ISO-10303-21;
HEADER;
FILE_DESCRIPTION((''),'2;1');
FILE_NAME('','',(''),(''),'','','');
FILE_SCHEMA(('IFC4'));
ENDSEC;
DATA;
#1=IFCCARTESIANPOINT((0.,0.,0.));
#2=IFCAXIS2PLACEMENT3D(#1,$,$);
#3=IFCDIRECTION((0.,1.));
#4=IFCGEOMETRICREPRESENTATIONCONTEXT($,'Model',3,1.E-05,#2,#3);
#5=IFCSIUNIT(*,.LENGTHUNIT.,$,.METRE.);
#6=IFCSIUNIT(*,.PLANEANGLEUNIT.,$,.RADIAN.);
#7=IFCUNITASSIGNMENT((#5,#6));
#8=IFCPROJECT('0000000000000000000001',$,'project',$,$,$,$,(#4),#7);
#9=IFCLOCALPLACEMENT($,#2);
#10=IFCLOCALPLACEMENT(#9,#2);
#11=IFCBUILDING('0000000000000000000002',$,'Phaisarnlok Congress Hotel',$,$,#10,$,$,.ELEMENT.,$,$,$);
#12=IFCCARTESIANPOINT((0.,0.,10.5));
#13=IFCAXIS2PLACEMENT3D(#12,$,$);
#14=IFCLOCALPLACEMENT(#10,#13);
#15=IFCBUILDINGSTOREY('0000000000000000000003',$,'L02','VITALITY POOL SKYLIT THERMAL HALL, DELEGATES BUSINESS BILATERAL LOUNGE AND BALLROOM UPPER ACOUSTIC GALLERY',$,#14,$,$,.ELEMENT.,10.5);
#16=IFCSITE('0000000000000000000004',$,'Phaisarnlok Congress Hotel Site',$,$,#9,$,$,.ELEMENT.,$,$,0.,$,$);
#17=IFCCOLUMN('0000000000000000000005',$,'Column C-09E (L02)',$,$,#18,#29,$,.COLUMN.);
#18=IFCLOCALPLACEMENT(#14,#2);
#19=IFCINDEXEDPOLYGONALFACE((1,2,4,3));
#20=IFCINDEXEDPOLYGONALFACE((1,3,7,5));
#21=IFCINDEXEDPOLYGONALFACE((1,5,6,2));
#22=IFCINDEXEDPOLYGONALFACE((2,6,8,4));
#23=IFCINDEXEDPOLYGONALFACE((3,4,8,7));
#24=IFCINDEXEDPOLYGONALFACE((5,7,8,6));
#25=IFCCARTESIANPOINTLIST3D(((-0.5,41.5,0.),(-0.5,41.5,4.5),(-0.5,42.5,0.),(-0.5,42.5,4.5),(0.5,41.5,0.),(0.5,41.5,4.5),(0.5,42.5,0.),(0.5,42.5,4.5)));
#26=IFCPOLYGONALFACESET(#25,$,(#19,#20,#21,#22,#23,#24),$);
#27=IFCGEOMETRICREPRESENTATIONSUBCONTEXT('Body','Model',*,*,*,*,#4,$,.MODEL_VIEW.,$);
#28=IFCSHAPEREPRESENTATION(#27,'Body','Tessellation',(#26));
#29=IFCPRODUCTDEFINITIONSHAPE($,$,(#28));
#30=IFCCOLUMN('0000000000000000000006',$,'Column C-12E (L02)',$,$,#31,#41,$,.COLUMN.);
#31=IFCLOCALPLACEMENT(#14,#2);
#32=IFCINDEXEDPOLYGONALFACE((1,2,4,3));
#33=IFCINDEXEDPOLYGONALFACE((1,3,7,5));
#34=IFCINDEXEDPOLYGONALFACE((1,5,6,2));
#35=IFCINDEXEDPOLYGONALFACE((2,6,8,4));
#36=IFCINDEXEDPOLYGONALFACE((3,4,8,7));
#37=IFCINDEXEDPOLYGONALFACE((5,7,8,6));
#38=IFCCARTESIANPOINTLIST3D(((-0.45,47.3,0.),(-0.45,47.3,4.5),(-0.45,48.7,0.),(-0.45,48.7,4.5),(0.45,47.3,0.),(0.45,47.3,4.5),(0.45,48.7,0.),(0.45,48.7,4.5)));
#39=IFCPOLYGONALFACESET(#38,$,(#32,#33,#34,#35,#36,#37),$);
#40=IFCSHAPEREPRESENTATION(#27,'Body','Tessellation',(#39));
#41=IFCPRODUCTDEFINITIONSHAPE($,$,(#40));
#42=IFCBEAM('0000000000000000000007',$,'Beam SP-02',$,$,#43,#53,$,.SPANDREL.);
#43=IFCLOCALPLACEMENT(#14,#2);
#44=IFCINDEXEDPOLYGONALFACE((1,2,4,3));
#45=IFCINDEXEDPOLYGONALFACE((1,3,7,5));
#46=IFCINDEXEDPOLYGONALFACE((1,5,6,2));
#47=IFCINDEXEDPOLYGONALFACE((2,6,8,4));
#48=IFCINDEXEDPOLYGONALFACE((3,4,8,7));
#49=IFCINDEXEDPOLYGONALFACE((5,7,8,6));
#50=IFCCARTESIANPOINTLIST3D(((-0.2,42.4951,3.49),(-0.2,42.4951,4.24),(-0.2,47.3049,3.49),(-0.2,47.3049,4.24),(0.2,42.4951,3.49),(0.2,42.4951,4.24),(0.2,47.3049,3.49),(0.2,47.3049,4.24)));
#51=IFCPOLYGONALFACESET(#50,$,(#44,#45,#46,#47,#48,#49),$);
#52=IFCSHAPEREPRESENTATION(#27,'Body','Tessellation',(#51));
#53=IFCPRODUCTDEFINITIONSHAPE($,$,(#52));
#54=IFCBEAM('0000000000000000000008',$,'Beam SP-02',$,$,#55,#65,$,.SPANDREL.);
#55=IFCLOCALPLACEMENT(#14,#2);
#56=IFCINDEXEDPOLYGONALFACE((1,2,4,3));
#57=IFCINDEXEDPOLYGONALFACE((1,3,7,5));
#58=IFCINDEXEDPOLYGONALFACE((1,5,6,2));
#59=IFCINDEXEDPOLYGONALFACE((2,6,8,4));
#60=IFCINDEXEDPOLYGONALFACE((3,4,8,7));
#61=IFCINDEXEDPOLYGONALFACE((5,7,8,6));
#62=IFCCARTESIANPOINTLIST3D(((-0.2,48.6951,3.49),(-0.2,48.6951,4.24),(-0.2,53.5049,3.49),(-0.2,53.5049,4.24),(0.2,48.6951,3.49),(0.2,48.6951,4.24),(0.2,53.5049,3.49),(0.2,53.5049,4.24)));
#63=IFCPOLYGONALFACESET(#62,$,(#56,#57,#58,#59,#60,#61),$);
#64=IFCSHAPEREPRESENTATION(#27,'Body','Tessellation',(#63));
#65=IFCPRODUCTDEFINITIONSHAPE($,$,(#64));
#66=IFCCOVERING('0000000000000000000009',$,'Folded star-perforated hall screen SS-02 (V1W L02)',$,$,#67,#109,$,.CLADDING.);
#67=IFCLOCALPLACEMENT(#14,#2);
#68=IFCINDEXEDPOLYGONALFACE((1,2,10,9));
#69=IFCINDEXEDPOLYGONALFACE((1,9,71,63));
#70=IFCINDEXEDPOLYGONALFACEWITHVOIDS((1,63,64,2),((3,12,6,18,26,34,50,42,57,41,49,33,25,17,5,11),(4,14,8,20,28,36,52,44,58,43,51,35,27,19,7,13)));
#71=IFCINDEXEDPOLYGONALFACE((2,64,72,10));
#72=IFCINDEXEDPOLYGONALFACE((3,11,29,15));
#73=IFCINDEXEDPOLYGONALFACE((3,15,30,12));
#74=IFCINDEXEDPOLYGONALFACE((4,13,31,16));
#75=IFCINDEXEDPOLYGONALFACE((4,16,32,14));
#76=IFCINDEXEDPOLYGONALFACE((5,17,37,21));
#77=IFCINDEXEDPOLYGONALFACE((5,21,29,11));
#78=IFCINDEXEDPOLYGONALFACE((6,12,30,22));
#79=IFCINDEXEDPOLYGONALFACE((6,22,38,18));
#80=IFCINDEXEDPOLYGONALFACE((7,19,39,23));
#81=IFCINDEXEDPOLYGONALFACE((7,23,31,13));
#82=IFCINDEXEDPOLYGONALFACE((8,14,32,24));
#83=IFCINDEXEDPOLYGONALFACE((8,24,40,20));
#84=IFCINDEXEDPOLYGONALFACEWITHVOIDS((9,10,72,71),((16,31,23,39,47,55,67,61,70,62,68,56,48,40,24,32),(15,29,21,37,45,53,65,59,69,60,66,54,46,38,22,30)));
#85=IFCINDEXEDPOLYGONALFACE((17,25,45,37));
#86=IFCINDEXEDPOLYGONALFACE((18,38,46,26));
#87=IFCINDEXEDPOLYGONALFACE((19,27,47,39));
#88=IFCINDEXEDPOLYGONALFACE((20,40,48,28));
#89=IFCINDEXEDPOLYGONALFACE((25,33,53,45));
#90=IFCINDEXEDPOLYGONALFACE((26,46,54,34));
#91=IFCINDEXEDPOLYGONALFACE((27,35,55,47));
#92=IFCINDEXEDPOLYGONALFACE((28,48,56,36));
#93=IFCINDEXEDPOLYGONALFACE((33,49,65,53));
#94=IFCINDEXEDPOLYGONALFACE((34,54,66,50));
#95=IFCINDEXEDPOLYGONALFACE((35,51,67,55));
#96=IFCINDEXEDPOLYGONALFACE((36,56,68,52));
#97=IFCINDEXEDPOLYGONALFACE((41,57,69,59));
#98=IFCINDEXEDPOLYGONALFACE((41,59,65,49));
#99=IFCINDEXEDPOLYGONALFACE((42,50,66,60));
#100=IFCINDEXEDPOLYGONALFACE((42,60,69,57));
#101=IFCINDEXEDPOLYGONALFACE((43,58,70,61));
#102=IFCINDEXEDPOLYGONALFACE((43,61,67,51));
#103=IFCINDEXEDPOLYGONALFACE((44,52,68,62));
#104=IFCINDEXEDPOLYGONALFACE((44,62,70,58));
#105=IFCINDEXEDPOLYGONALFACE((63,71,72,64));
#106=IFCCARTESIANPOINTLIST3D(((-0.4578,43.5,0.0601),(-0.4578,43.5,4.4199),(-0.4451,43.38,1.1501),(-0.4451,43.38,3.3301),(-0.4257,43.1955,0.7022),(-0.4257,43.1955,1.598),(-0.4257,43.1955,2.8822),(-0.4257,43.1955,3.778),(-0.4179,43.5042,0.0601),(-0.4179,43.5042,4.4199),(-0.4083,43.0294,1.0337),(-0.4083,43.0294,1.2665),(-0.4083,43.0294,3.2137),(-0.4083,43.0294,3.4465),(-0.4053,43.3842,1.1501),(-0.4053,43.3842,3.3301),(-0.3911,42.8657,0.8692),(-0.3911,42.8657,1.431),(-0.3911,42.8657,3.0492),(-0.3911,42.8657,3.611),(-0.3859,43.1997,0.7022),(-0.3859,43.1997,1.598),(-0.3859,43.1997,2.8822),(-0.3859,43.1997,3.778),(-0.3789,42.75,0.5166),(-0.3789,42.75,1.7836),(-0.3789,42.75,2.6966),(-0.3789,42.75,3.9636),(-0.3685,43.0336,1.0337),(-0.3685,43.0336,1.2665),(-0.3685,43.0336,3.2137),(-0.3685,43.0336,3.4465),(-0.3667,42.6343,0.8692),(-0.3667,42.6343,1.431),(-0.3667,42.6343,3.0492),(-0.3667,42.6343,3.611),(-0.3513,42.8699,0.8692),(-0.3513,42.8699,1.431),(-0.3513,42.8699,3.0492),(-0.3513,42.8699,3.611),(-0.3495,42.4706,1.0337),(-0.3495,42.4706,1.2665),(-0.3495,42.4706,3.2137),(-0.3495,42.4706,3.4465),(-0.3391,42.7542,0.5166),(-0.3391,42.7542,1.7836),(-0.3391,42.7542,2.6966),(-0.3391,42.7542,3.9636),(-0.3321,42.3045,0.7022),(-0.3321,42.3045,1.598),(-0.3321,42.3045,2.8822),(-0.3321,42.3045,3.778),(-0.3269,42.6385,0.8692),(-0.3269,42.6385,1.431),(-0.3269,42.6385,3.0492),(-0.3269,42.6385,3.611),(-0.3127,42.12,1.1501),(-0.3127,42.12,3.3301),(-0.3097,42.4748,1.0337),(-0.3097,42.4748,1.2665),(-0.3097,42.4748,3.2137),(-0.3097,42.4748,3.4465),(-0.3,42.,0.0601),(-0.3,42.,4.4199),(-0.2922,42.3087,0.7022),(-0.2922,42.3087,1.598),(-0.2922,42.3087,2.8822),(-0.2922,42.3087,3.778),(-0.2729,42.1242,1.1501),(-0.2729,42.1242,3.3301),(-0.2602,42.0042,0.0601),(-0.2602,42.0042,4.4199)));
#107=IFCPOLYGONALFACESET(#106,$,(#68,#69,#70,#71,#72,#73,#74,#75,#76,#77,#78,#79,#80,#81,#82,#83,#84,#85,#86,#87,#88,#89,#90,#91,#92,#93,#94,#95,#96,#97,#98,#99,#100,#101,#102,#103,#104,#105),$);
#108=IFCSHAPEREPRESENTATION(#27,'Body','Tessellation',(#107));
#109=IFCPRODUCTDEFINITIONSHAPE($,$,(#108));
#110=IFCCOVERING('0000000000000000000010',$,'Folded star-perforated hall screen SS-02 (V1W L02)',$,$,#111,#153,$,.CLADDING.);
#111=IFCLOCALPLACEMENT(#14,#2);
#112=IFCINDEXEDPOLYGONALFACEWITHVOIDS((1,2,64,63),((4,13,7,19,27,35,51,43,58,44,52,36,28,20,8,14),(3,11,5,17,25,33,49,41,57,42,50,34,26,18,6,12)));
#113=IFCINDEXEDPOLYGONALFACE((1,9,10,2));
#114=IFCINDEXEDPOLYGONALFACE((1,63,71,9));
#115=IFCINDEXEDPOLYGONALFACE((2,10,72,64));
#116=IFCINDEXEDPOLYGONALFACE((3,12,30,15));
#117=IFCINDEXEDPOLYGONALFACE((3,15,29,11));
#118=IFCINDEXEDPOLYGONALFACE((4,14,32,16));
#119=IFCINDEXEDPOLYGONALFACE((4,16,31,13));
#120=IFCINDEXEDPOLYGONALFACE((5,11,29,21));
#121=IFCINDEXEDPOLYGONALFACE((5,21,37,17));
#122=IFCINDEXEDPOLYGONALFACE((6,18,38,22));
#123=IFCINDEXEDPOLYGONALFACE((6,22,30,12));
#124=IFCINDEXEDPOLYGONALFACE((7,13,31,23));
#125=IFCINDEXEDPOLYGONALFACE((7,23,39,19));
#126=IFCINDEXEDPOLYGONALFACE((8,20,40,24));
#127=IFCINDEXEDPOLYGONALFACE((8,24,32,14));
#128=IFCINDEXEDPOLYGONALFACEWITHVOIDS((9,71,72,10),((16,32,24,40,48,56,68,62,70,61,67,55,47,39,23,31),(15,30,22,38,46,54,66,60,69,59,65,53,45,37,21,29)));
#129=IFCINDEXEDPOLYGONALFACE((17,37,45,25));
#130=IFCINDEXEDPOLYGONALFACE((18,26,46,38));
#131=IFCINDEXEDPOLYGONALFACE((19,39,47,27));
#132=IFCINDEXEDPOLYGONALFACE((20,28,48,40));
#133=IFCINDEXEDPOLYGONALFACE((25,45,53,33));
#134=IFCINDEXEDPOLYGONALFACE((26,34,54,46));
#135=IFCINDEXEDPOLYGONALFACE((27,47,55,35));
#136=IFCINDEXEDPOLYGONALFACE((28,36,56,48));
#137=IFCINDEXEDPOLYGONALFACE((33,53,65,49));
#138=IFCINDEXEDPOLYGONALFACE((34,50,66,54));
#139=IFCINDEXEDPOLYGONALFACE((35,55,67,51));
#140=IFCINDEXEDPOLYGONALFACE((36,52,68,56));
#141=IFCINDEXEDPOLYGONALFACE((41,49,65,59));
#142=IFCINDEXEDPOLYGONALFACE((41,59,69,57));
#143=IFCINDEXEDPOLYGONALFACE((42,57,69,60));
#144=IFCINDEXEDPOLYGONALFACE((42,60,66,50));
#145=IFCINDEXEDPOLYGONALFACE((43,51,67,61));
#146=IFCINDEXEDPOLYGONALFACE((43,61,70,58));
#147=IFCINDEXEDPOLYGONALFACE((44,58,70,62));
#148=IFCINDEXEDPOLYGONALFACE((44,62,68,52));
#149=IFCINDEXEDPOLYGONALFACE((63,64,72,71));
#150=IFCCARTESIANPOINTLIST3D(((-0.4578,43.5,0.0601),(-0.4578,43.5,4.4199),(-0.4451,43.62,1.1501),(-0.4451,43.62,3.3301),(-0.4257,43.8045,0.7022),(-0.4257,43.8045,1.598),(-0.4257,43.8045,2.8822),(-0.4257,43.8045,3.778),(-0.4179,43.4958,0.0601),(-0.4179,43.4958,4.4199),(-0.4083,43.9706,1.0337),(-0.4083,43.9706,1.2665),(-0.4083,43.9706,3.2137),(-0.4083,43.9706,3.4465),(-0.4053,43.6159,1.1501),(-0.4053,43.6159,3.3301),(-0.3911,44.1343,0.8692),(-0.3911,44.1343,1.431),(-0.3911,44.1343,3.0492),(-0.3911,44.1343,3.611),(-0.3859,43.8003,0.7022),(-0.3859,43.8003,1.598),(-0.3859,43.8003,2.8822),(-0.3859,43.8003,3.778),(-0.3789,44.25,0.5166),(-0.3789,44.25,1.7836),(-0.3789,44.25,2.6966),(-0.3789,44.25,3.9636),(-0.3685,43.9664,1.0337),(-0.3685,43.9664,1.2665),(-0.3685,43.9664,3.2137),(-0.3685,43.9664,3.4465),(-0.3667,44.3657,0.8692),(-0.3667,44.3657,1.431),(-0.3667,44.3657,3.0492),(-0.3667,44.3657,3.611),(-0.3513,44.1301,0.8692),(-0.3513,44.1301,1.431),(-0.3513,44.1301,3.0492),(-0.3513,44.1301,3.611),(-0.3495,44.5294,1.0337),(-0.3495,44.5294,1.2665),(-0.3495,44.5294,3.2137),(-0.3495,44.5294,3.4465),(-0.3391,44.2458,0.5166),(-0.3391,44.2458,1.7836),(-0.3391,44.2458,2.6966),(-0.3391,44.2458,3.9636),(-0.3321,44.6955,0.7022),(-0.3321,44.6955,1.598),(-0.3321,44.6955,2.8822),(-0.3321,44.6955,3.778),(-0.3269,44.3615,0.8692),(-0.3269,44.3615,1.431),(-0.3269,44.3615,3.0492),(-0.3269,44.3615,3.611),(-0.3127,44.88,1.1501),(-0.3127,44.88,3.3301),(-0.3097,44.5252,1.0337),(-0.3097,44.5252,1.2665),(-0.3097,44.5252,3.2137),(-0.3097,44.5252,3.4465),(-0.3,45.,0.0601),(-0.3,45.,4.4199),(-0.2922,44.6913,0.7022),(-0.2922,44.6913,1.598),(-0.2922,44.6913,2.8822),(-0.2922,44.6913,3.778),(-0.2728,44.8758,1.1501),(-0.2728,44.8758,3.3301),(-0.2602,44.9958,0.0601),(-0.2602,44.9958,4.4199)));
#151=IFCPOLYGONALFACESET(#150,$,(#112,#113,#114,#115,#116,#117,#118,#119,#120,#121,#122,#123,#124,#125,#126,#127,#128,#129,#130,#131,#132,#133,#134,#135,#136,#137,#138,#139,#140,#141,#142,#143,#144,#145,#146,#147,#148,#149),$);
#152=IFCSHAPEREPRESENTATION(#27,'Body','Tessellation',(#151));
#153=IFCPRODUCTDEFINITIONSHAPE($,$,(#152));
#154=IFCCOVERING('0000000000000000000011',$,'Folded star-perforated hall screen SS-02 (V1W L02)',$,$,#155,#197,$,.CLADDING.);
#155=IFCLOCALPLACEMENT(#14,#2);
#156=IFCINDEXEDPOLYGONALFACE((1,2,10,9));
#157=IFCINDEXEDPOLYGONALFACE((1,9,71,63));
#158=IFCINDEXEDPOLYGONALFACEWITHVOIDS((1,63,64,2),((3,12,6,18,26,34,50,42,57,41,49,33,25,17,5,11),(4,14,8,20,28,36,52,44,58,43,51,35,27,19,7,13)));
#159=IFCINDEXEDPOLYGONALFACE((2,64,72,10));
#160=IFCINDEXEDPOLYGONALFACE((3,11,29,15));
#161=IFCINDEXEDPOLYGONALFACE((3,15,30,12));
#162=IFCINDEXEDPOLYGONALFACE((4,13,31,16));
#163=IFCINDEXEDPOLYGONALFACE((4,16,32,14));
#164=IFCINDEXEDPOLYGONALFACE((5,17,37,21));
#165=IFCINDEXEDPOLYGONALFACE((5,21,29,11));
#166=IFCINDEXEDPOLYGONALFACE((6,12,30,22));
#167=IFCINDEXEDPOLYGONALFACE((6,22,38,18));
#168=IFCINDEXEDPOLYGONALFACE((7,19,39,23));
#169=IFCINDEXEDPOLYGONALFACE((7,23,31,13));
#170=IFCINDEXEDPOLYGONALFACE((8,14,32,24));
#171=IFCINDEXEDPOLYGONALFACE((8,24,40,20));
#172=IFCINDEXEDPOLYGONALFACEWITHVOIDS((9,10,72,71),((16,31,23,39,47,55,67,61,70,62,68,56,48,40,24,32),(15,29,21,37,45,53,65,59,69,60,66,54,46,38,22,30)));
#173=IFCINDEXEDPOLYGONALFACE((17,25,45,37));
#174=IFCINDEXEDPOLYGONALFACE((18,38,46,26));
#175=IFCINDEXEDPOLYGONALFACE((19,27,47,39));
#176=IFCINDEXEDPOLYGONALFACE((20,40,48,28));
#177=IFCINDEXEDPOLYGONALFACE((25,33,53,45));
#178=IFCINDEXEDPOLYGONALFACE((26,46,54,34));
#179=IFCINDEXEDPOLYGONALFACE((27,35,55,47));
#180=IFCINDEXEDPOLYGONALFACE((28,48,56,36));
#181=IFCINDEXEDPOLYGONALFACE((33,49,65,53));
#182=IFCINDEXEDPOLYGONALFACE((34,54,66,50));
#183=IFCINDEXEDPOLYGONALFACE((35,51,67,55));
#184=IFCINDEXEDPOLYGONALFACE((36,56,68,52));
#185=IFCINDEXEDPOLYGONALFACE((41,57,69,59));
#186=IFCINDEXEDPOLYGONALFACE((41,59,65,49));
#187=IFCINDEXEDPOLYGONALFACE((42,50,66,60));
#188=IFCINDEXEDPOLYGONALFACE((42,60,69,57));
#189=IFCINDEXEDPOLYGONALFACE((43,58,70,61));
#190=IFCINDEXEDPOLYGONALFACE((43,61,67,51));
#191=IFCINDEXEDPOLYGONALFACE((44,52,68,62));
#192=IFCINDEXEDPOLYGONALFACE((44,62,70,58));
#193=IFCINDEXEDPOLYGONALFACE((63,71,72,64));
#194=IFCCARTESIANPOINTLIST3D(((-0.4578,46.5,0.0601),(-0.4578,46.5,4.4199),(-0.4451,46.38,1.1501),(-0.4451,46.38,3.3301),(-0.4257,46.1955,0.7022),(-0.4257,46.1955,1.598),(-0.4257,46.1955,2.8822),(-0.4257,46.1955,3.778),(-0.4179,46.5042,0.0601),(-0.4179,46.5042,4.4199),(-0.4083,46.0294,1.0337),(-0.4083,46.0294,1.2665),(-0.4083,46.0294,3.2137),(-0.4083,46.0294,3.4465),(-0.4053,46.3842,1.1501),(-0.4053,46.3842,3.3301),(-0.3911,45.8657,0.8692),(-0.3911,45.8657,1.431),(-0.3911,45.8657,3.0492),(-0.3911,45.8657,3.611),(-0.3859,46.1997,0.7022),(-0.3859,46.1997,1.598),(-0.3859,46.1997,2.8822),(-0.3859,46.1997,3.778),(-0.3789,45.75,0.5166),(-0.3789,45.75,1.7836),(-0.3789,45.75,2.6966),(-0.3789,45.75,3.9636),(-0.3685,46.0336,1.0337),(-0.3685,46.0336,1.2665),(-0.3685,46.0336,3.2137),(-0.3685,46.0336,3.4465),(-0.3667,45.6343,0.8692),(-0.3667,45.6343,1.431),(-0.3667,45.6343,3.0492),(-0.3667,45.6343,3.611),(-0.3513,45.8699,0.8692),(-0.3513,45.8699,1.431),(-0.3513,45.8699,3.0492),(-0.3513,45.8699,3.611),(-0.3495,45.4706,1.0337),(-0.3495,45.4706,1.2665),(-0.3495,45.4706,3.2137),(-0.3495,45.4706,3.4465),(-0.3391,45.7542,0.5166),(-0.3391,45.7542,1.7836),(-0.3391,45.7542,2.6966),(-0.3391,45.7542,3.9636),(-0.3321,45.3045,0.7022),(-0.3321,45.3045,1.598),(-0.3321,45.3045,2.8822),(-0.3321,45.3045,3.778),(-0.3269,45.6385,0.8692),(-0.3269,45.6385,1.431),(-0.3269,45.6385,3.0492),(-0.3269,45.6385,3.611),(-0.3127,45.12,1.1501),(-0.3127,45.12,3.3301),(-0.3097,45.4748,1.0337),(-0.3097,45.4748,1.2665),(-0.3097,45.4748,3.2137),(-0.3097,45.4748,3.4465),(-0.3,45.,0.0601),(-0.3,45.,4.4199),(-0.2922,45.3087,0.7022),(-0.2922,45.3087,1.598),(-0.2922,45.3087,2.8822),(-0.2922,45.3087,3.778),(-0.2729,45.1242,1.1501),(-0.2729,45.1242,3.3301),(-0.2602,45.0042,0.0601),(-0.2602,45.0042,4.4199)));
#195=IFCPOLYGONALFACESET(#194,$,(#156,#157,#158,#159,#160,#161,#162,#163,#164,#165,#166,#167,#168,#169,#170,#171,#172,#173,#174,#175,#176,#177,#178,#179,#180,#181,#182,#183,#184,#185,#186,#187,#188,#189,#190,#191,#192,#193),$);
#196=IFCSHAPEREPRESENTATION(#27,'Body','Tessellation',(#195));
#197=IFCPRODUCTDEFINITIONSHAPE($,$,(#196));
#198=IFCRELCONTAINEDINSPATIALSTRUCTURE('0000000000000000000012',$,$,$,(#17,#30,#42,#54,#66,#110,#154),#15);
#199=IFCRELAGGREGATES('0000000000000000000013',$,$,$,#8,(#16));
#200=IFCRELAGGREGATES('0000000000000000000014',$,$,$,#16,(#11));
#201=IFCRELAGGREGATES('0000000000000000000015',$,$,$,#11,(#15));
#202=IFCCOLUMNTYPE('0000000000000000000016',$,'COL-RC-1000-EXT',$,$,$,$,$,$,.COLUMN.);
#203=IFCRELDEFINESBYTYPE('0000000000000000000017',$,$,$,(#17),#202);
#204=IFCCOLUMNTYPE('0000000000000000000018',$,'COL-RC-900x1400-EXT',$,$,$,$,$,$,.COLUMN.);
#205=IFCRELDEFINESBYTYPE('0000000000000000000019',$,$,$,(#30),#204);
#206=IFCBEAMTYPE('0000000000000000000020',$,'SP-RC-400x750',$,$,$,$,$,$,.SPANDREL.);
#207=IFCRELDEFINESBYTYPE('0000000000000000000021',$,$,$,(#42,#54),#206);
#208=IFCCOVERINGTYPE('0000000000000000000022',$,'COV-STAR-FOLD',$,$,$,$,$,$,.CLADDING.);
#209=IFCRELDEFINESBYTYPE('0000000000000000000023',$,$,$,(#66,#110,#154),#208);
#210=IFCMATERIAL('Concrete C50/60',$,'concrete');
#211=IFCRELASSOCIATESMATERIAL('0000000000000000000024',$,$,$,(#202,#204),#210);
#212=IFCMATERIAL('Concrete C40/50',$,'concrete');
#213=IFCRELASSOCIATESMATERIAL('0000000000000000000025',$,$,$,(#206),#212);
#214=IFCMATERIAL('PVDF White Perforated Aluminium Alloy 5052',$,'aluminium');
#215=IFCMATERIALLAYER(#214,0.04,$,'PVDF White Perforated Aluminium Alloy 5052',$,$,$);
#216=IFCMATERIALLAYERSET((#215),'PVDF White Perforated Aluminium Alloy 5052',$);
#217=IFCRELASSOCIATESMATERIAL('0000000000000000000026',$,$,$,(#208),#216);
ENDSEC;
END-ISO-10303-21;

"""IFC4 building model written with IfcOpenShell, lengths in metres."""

from ifc_helpers import new_model, si_unit, direction, frame, origin, origin_2d, place, context, subcontext, project, spatial, polyline, rectangle, outline, extrude, material, layer, layer_set, material_profile, profile_set, type_object, element, save


model = new_model("IFC4")

# Units and contexts
model_context = context("Model", 3, precision=1e-05, world=origin(), true_north=direction((0.0, 1.0)))
body_context = subcontext(model_context, "Body", "Model", "MODEL_VIEW")
ifc_project = project(units=[si_unit("LENGTHUNIT", "METRE"), si_unit("PLANEANGLEUNIT", "RADIAN")], contexts=[model_context])

# Site, building, storey
site_placement = place(None, origin())
site = spatial("IfcSite", under=ifc_project, at=site_placement, Name="Phaisarnlok Congress Hotel Site", CompositionType="ELEMENT", RefElevation=0.0)
building_placement = place(site_placement, origin())
building = spatial("IfcBuilding", under=site, at=building_placement, Name="Phaisarnlok Congress Hotel", CompositionType="ELEMENT")
storey_placement = place(building_placement, frame((0.0, 0.0, 10.5)))
storey = spatial("IfcBuildingStorey", under=building, at=storey_placement, Name="L02", Description="VITALITY POOL SKYLIT THERMAL HALL, DELEGATES BUSINESS BILATERAL LOUNGE AND BALLROOM UPPER ACOUSTIC GALLERY", CompositionType="ELEMENT", Elevation=10.5)

# Columns
ifc_material_1 = material(Name="Concrete C50/60", Category="concrete")
ifc_material_profile_1 = material_profile(ifc_material_1, rectangle(XDim=1.0, YDim=1.0, at=origin_2d()), Name="RC 1000x1000")
ifc_profile_set_1 = profile_set([ifc_material_profile_1], Name="Concrete C50/60")
column_type_1 = type_object("IfcColumnType", Name="COL-RC-1000-EXT", PredefinedType="COLUMN", material=ifc_profile_set_1)
column_1_placement = place(storey_placement, frame((0.0, 42.0, 0.0), z_axis=(0.0, 0.0, 1.0), x_axis=(1.0, 0.0, 0.0)))
element("IfcColumn", 1, at=column_1_placement, inside=storey, type_object=column_type_1, Name="Column C-09E (L02)", PredefinedType="COLUMN", context=body_context, shape_type="SweptSolid", body=[
    extrude(rectangle(XDim=1.0, YDim=1.0, at=origin_2d()), origin(), (0.0, 0.0, 1.0), 4.5),
])
ifc_material_profile_2 = material_profile(ifc_material_1, rectangle(XDim=0.8999, YDim=1.3999, at=origin_2d()), Name="RC 900x1400")
ifc_profile_set_2 = profile_set([ifc_material_profile_2], Name="Concrete C50/60")
column_type_2 = type_object("IfcColumnType", Name="COL-RC-900x1400-EXT", PredefinedType="COLUMN", material=ifc_profile_set_2)
column_2_placement = place(storey_placement, frame((0.0, 48.0, 0.0), z_axis=(0.0, 0.0, 1.0), x_axis=(1.0, 0.0, 0.0)))
element("IfcColumn", 2, at=column_2_placement, inside=storey, type_object=column_type_2, Name="Column C-12E (L02)", PredefinedType="COLUMN", context=body_context, shape_type="SweptSolid", body=[
    extrude(rectangle(XDim=0.8999, YDim=1.3999, at=origin_2d()), origin(), (0.0, 0.0, 1.0), 4.5),
])

# Beams
ifc_material_2 = material(Name="Concrete C40/50", Category="concrete")
ifc_material_profile_3 = material_profile(ifc_material_2, rectangle(XDim=0.3999, YDim=0.75, at=origin_2d()), Name="RC 400x750")
ifc_profile_set_3 = profile_set([ifc_material_profile_3], Name="Concrete C40/50")
beam_type = type_object("IfcBeamType", Name="SP-RC-400x750", PredefinedType="SPANDREL", material=ifc_profile_set_3)
for number, where, z_axis, x_axis, name in (
    (3, (0.0, 42.4951, 3.865), (0.0, 1.0, 0.0), (-1.0, 0.0, 0.0), "Beam SP-02"),
    (4, (0.0, 48.6951, 3.865), (0.0, 1.0, 0.0), (-1.0, 0.0, 0.0), "Beam SP-02"),
):
    element("IfcBeam", number, at=place(storey_placement, frame(where, z_axis=z_axis, x_axis=x_axis)), inside=storey, type_object=beam_type, Name=name, PredefinedType="SPANDREL", context=body_context, shape_type="SweptSolid", body=[
        extrude(rectangle(XDim=0.3999, YDim=0.75, at=origin_2d()), origin(), (0.0, 0.0, 1.0), 4.8098),
    ])

# Coverings
ifc_material_3 = material(Name="PVDF White Perforated Aluminium Alloy 5052", Category="aluminium")
ifc_layer = layer(ifc_material_3, 0.04, Name="PVDF White Perforated Aluminium Alloy 5052")
ifc_layer_set = layer_set([ifc_layer], Name="PVDF White Perforated Aluminium Alloy 5052")
covering_type = type_object("IfcCoveringType", Name="COV-STAR-FOLD", PredefinedType="CLADDING", material=ifc_layer_set)
for number, where, z_axis, x_axis, name in (
    (5, (-0.3, 42.0, 0.0601), (0.994518, 0.104567, 0.0), (-0.104567, 0.994518, 0.0), "Folded star-perforated hall screen SS-02 (V1W L02)"),
    (6, (-0.4578, 43.5, 0.0601), (0.994518, -0.104567, 0.0), (0.104567, 0.994518, 0.0), "Folded star-perforated hall screen SS-02 (V1W L02)"),
    (7, (-0.3, 45.0, 0.0601), (0.994518, 0.104567, 0.0), (-0.104567, 0.994518, 0.0), "Folded star-perforated hall screen SS-02 (V1W L02)"),
):
    element("IfcCovering", number, at=place(storey_placement, frame(where, z_axis=z_axis, x_axis=x_axis)), inside=storey, type_object=covering_type, Name=name, PredefinedType="CLADDING", context=body_context, shape_type="SweptSolid", body=[
        extrude(outline(polyline([(0.0, 0.0), (1.5083, 0.0), (1.5083, 4.3599), (0.0, 4.3599), (0.0, 0.0)]), holes=[polyline([(1.0351, 0.9736), (1.2021, 0.6421), (0.8705, 0.8091), (0.7541, 0.4565), (0.6378, 0.8091), (0.3062, 0.6421), (0.4732, 0.9736), (0.1207, 1.09), (0.4732, 1.2064), (0.3062, 1.5379), (0.6378, 1.3709), (0.7541, 1.7235), (0.8705, 1.3709), (1.2021, 1.5379), (1.0351, 1.2064), (1.3876, 1.09), (1.0351, 0.9736)]), polyline([(1.0351, 3.1536), (1.2021, 2.8221), (0.8705, 2.9891), (0.7541, 2.6365), (0.6378, 2.9891), (0.3062, 2.8221), (0.4732, 3.1536), (0.1207, 3.27), (0.4732, 3.3864), (0.3062, 3.7179), (0.6378, 3.5509), (0.7541, 3.9035), (0.8705, 3.5509), (1.2021, 3.7179), (1.0351, 3.3864), (1.3876, 3.27), (1.0351, 3.1536)])]), origin(), (0.0, 0.0, 1.0), 0.04),
    ])

save(model, "model.ifc")
